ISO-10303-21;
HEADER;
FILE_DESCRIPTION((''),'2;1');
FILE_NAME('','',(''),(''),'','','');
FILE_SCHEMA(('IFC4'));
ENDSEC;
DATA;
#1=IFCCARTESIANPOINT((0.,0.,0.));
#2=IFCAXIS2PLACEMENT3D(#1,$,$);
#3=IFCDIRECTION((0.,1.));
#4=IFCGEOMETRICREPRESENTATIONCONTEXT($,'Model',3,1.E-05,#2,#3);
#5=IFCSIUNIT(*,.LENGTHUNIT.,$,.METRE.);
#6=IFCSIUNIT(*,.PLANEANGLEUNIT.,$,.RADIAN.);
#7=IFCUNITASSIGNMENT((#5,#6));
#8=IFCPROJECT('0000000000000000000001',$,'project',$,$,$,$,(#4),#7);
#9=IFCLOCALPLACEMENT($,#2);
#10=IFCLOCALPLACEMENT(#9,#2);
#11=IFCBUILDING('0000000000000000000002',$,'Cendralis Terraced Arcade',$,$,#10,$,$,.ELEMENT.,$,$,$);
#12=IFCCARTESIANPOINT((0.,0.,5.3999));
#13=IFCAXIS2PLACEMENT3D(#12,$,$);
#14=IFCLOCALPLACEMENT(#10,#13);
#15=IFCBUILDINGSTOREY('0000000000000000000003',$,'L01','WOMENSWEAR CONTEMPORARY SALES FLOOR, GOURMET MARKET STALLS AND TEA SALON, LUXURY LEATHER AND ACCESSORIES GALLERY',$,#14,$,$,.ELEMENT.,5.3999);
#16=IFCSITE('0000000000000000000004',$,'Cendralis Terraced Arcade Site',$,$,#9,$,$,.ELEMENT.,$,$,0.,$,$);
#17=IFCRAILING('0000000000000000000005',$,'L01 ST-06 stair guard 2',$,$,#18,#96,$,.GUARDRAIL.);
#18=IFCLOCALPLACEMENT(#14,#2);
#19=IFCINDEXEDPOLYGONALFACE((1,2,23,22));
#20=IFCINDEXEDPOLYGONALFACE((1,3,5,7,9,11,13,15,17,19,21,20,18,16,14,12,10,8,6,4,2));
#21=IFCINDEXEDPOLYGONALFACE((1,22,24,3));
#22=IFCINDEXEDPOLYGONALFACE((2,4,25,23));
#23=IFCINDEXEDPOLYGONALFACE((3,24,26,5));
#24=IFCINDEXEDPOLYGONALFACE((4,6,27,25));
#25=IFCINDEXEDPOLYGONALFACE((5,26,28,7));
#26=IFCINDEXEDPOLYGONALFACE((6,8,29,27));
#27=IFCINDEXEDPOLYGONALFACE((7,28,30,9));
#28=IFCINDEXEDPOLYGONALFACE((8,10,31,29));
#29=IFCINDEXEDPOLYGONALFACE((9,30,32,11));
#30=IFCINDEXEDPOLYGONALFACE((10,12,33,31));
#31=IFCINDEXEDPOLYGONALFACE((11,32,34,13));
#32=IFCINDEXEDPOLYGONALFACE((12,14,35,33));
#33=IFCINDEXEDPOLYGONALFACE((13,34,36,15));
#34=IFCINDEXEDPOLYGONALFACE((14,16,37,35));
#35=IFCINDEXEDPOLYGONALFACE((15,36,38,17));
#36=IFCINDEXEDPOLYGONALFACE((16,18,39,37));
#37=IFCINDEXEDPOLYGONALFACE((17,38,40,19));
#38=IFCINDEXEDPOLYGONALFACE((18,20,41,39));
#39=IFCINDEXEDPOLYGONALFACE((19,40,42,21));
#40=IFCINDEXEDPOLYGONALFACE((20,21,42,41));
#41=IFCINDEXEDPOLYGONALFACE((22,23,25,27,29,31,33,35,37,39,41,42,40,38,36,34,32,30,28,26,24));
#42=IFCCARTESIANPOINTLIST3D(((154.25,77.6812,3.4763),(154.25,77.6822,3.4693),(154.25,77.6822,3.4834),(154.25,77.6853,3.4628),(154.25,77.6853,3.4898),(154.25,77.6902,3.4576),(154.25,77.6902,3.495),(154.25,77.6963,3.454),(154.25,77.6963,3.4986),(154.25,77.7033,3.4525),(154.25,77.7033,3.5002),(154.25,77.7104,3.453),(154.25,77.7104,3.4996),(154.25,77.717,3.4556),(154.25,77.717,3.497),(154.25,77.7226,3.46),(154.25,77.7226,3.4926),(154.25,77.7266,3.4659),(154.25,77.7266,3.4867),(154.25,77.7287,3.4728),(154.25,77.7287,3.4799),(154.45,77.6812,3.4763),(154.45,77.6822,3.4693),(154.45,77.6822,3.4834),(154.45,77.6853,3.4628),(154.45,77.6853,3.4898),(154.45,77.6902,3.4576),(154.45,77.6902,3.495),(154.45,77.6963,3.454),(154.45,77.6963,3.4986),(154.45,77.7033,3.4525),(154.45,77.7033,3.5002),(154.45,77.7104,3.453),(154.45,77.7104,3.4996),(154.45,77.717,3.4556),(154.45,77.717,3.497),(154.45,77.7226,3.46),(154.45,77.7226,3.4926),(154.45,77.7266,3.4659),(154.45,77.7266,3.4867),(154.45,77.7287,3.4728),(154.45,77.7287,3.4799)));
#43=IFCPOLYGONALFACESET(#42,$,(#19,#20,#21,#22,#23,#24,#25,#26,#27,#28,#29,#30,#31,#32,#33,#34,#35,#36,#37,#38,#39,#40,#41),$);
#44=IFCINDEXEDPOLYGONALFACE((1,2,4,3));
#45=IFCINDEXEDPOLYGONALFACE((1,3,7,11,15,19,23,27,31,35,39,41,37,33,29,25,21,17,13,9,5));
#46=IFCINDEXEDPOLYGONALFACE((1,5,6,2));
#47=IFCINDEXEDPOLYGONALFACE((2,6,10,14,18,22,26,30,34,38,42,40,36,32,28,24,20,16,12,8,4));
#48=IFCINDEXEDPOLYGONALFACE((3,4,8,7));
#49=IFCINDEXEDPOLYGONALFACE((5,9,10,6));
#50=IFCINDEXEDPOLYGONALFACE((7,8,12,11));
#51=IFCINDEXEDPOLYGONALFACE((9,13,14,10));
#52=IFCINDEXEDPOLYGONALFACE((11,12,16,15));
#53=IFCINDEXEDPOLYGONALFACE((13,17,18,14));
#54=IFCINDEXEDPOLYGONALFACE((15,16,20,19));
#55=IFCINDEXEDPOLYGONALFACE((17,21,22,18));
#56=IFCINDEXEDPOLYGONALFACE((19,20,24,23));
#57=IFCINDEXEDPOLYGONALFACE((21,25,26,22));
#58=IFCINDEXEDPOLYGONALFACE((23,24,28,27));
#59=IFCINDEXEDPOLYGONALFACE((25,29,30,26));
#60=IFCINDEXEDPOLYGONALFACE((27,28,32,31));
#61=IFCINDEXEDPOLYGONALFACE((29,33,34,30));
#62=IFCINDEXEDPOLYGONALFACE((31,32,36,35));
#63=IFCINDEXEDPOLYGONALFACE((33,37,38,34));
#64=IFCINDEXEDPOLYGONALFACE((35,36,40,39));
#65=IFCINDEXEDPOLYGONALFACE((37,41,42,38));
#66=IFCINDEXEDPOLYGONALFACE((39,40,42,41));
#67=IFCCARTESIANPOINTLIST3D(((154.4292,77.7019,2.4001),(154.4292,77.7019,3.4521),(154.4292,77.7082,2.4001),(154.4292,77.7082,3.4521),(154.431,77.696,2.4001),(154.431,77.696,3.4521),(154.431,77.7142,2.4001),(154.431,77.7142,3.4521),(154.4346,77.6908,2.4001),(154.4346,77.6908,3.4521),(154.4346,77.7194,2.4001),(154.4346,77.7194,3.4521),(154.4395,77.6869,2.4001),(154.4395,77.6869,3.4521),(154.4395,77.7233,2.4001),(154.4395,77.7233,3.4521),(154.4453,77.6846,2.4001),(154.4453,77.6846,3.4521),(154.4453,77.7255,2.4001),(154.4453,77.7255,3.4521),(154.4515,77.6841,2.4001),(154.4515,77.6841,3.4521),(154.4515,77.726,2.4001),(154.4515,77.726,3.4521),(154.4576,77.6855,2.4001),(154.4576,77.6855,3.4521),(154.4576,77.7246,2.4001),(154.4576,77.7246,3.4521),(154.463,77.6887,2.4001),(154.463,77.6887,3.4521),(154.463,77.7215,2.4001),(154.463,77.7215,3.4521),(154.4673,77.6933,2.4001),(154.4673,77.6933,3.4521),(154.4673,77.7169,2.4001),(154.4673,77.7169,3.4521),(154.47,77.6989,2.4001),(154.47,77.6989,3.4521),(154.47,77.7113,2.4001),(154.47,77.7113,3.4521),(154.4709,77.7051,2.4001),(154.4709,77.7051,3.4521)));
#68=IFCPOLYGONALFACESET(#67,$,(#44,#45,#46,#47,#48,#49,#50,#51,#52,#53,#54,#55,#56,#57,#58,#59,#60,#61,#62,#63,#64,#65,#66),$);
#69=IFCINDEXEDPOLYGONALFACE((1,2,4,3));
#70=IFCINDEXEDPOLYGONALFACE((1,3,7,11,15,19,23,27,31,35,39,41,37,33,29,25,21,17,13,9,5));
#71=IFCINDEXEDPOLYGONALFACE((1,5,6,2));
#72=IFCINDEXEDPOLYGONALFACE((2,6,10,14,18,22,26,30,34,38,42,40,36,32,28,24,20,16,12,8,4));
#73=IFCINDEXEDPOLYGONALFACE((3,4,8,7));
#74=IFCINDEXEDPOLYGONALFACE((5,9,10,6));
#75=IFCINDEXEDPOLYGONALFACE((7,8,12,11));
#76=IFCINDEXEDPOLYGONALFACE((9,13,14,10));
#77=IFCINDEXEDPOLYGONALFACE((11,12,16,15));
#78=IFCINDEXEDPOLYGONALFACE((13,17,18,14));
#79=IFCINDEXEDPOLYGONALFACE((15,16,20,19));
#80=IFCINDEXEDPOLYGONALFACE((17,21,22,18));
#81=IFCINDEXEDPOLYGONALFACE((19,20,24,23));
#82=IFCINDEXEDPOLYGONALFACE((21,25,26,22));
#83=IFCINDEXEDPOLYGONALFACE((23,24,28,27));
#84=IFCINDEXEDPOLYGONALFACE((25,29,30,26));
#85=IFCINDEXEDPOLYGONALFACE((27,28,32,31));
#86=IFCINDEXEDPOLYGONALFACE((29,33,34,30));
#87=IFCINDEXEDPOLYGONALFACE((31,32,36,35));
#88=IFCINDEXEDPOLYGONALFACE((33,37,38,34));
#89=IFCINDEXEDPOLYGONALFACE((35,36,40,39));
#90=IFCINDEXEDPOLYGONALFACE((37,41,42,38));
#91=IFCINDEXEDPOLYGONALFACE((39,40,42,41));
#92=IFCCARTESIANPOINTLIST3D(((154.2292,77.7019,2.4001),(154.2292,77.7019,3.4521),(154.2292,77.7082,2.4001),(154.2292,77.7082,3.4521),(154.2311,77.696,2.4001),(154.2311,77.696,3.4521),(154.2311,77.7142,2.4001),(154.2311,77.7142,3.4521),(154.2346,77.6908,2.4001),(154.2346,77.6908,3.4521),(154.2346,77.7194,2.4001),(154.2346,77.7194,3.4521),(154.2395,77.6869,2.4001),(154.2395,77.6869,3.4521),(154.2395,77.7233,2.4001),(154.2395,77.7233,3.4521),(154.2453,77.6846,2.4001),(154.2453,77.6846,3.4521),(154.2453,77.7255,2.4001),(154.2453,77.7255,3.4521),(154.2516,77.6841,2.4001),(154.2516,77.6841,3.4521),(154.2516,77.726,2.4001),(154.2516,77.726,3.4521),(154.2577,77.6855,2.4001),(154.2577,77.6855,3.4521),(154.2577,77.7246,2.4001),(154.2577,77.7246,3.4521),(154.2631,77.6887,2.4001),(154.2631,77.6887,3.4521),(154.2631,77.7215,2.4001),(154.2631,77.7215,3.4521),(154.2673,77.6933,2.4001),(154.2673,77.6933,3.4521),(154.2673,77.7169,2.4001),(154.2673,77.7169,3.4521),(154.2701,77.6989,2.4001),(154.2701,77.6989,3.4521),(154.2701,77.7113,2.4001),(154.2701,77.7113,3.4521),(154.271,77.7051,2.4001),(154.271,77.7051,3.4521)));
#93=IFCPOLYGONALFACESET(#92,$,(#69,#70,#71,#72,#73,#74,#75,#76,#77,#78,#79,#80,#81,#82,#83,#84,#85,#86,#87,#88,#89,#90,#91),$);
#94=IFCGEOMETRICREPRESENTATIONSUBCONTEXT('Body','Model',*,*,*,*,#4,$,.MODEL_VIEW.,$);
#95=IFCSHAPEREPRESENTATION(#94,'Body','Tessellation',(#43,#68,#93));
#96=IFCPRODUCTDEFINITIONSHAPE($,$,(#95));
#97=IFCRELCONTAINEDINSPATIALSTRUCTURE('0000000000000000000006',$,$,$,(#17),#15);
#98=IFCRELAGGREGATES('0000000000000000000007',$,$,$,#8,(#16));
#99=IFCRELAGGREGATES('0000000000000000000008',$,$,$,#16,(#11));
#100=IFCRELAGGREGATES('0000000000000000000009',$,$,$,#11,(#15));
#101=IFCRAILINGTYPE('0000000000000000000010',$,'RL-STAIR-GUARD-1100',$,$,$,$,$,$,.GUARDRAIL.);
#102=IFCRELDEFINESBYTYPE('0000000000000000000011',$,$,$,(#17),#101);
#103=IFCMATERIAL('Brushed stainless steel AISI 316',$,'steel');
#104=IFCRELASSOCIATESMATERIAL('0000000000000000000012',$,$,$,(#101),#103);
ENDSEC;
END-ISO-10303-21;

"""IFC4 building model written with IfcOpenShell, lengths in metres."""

from ifc_helpers import new_model, si_unit, direction, frame, origin, origin_2d, place, context, subcontext, project, spatial, circle, extrude, material, type_object, element, save


model = new_model("IFC4")

# Units and contexts
model_context = context("Model", 3, precision=1e-05, world=origin(), true_north=direction((0.0, 1.0)))
body_context = subcontext(model_context, "Body", "Model", "MODEL_VIEW")
ifc_project = project(units=[si_unit("LENGTHUNIT", "METRE"), si_unit("PLANEANGLEUNIT", "RADIAN")], contexts=[model_context])

# Site, building, storey
site_placement = place(None, origin())
site = spatial("IfcSite", under=ifc_project, at=site_placement, Name="Cendralis Terraced Arcade Site", CompositionType="ELEMENT", RefElevation=0.0)
building_placement = place(site_placement, origin())
building = spatial("IfcBuilding", under=site, at=building_placement, Name="Cendralis Terraced Arcade", CompositionType="ELEMENT")
storey_placement = place(building_placement, frame((0.0, 0.0, 5.3999)))
storey = spatial("IfcBuildingStorey", under=building, at=storey_placement, Name="L01", Description="WOMENSWEAR CONTEMPORARY SALES FLOOR, GOURMET MARKET STALLS AND TEA SALON, LUXURY LEATHER AND ACCESSORIES GALLERY", CompositionType="ELEMENT", Elevation=5.3999)

# Railing
ifc_material_1 = material(Name="Brushed stainless steel AISI 316", Category="steel")
railing_type_1 = type_object("IfcRailingType", Name="RL-STAIR-GUARD-1100", PredefinedType="GUARDRAIL", material=ifc_material_1)
railing_1_placement = place(storey_placement, frame((154.45, 77.7051, 2.4001)))
element("IfcRailing", 1, at=railing_1_placement, inside=storey, type_object=railing_type_1, Name="L01 ST-06 stair guard 2", PredefinedType="GUARDRAIL", context=body_context, shape_type="SweptSolid", body=[
    extrude(circle(Radius=0.0239, at=origin_2d()), frame((0.0, 0.0, 1.0762), z_axis=(-1.0, 0.0, 0.0), x_axis=(0.0, -1.0, 0.0)), (0.0, 0.0, 1.0), 0.2),
    extrude(circle(Radius=0.021, at=origin_2d()), origin(), (0.0, 0.0, 1.0), 1.052),
    extrude(circle(Radius=0.021, at=origin_2d()), frame((-0.2, 0.0, 0.0)), (0.0, 0.0, 1.0), 1.052),
])

save(model, "model.ifc")
